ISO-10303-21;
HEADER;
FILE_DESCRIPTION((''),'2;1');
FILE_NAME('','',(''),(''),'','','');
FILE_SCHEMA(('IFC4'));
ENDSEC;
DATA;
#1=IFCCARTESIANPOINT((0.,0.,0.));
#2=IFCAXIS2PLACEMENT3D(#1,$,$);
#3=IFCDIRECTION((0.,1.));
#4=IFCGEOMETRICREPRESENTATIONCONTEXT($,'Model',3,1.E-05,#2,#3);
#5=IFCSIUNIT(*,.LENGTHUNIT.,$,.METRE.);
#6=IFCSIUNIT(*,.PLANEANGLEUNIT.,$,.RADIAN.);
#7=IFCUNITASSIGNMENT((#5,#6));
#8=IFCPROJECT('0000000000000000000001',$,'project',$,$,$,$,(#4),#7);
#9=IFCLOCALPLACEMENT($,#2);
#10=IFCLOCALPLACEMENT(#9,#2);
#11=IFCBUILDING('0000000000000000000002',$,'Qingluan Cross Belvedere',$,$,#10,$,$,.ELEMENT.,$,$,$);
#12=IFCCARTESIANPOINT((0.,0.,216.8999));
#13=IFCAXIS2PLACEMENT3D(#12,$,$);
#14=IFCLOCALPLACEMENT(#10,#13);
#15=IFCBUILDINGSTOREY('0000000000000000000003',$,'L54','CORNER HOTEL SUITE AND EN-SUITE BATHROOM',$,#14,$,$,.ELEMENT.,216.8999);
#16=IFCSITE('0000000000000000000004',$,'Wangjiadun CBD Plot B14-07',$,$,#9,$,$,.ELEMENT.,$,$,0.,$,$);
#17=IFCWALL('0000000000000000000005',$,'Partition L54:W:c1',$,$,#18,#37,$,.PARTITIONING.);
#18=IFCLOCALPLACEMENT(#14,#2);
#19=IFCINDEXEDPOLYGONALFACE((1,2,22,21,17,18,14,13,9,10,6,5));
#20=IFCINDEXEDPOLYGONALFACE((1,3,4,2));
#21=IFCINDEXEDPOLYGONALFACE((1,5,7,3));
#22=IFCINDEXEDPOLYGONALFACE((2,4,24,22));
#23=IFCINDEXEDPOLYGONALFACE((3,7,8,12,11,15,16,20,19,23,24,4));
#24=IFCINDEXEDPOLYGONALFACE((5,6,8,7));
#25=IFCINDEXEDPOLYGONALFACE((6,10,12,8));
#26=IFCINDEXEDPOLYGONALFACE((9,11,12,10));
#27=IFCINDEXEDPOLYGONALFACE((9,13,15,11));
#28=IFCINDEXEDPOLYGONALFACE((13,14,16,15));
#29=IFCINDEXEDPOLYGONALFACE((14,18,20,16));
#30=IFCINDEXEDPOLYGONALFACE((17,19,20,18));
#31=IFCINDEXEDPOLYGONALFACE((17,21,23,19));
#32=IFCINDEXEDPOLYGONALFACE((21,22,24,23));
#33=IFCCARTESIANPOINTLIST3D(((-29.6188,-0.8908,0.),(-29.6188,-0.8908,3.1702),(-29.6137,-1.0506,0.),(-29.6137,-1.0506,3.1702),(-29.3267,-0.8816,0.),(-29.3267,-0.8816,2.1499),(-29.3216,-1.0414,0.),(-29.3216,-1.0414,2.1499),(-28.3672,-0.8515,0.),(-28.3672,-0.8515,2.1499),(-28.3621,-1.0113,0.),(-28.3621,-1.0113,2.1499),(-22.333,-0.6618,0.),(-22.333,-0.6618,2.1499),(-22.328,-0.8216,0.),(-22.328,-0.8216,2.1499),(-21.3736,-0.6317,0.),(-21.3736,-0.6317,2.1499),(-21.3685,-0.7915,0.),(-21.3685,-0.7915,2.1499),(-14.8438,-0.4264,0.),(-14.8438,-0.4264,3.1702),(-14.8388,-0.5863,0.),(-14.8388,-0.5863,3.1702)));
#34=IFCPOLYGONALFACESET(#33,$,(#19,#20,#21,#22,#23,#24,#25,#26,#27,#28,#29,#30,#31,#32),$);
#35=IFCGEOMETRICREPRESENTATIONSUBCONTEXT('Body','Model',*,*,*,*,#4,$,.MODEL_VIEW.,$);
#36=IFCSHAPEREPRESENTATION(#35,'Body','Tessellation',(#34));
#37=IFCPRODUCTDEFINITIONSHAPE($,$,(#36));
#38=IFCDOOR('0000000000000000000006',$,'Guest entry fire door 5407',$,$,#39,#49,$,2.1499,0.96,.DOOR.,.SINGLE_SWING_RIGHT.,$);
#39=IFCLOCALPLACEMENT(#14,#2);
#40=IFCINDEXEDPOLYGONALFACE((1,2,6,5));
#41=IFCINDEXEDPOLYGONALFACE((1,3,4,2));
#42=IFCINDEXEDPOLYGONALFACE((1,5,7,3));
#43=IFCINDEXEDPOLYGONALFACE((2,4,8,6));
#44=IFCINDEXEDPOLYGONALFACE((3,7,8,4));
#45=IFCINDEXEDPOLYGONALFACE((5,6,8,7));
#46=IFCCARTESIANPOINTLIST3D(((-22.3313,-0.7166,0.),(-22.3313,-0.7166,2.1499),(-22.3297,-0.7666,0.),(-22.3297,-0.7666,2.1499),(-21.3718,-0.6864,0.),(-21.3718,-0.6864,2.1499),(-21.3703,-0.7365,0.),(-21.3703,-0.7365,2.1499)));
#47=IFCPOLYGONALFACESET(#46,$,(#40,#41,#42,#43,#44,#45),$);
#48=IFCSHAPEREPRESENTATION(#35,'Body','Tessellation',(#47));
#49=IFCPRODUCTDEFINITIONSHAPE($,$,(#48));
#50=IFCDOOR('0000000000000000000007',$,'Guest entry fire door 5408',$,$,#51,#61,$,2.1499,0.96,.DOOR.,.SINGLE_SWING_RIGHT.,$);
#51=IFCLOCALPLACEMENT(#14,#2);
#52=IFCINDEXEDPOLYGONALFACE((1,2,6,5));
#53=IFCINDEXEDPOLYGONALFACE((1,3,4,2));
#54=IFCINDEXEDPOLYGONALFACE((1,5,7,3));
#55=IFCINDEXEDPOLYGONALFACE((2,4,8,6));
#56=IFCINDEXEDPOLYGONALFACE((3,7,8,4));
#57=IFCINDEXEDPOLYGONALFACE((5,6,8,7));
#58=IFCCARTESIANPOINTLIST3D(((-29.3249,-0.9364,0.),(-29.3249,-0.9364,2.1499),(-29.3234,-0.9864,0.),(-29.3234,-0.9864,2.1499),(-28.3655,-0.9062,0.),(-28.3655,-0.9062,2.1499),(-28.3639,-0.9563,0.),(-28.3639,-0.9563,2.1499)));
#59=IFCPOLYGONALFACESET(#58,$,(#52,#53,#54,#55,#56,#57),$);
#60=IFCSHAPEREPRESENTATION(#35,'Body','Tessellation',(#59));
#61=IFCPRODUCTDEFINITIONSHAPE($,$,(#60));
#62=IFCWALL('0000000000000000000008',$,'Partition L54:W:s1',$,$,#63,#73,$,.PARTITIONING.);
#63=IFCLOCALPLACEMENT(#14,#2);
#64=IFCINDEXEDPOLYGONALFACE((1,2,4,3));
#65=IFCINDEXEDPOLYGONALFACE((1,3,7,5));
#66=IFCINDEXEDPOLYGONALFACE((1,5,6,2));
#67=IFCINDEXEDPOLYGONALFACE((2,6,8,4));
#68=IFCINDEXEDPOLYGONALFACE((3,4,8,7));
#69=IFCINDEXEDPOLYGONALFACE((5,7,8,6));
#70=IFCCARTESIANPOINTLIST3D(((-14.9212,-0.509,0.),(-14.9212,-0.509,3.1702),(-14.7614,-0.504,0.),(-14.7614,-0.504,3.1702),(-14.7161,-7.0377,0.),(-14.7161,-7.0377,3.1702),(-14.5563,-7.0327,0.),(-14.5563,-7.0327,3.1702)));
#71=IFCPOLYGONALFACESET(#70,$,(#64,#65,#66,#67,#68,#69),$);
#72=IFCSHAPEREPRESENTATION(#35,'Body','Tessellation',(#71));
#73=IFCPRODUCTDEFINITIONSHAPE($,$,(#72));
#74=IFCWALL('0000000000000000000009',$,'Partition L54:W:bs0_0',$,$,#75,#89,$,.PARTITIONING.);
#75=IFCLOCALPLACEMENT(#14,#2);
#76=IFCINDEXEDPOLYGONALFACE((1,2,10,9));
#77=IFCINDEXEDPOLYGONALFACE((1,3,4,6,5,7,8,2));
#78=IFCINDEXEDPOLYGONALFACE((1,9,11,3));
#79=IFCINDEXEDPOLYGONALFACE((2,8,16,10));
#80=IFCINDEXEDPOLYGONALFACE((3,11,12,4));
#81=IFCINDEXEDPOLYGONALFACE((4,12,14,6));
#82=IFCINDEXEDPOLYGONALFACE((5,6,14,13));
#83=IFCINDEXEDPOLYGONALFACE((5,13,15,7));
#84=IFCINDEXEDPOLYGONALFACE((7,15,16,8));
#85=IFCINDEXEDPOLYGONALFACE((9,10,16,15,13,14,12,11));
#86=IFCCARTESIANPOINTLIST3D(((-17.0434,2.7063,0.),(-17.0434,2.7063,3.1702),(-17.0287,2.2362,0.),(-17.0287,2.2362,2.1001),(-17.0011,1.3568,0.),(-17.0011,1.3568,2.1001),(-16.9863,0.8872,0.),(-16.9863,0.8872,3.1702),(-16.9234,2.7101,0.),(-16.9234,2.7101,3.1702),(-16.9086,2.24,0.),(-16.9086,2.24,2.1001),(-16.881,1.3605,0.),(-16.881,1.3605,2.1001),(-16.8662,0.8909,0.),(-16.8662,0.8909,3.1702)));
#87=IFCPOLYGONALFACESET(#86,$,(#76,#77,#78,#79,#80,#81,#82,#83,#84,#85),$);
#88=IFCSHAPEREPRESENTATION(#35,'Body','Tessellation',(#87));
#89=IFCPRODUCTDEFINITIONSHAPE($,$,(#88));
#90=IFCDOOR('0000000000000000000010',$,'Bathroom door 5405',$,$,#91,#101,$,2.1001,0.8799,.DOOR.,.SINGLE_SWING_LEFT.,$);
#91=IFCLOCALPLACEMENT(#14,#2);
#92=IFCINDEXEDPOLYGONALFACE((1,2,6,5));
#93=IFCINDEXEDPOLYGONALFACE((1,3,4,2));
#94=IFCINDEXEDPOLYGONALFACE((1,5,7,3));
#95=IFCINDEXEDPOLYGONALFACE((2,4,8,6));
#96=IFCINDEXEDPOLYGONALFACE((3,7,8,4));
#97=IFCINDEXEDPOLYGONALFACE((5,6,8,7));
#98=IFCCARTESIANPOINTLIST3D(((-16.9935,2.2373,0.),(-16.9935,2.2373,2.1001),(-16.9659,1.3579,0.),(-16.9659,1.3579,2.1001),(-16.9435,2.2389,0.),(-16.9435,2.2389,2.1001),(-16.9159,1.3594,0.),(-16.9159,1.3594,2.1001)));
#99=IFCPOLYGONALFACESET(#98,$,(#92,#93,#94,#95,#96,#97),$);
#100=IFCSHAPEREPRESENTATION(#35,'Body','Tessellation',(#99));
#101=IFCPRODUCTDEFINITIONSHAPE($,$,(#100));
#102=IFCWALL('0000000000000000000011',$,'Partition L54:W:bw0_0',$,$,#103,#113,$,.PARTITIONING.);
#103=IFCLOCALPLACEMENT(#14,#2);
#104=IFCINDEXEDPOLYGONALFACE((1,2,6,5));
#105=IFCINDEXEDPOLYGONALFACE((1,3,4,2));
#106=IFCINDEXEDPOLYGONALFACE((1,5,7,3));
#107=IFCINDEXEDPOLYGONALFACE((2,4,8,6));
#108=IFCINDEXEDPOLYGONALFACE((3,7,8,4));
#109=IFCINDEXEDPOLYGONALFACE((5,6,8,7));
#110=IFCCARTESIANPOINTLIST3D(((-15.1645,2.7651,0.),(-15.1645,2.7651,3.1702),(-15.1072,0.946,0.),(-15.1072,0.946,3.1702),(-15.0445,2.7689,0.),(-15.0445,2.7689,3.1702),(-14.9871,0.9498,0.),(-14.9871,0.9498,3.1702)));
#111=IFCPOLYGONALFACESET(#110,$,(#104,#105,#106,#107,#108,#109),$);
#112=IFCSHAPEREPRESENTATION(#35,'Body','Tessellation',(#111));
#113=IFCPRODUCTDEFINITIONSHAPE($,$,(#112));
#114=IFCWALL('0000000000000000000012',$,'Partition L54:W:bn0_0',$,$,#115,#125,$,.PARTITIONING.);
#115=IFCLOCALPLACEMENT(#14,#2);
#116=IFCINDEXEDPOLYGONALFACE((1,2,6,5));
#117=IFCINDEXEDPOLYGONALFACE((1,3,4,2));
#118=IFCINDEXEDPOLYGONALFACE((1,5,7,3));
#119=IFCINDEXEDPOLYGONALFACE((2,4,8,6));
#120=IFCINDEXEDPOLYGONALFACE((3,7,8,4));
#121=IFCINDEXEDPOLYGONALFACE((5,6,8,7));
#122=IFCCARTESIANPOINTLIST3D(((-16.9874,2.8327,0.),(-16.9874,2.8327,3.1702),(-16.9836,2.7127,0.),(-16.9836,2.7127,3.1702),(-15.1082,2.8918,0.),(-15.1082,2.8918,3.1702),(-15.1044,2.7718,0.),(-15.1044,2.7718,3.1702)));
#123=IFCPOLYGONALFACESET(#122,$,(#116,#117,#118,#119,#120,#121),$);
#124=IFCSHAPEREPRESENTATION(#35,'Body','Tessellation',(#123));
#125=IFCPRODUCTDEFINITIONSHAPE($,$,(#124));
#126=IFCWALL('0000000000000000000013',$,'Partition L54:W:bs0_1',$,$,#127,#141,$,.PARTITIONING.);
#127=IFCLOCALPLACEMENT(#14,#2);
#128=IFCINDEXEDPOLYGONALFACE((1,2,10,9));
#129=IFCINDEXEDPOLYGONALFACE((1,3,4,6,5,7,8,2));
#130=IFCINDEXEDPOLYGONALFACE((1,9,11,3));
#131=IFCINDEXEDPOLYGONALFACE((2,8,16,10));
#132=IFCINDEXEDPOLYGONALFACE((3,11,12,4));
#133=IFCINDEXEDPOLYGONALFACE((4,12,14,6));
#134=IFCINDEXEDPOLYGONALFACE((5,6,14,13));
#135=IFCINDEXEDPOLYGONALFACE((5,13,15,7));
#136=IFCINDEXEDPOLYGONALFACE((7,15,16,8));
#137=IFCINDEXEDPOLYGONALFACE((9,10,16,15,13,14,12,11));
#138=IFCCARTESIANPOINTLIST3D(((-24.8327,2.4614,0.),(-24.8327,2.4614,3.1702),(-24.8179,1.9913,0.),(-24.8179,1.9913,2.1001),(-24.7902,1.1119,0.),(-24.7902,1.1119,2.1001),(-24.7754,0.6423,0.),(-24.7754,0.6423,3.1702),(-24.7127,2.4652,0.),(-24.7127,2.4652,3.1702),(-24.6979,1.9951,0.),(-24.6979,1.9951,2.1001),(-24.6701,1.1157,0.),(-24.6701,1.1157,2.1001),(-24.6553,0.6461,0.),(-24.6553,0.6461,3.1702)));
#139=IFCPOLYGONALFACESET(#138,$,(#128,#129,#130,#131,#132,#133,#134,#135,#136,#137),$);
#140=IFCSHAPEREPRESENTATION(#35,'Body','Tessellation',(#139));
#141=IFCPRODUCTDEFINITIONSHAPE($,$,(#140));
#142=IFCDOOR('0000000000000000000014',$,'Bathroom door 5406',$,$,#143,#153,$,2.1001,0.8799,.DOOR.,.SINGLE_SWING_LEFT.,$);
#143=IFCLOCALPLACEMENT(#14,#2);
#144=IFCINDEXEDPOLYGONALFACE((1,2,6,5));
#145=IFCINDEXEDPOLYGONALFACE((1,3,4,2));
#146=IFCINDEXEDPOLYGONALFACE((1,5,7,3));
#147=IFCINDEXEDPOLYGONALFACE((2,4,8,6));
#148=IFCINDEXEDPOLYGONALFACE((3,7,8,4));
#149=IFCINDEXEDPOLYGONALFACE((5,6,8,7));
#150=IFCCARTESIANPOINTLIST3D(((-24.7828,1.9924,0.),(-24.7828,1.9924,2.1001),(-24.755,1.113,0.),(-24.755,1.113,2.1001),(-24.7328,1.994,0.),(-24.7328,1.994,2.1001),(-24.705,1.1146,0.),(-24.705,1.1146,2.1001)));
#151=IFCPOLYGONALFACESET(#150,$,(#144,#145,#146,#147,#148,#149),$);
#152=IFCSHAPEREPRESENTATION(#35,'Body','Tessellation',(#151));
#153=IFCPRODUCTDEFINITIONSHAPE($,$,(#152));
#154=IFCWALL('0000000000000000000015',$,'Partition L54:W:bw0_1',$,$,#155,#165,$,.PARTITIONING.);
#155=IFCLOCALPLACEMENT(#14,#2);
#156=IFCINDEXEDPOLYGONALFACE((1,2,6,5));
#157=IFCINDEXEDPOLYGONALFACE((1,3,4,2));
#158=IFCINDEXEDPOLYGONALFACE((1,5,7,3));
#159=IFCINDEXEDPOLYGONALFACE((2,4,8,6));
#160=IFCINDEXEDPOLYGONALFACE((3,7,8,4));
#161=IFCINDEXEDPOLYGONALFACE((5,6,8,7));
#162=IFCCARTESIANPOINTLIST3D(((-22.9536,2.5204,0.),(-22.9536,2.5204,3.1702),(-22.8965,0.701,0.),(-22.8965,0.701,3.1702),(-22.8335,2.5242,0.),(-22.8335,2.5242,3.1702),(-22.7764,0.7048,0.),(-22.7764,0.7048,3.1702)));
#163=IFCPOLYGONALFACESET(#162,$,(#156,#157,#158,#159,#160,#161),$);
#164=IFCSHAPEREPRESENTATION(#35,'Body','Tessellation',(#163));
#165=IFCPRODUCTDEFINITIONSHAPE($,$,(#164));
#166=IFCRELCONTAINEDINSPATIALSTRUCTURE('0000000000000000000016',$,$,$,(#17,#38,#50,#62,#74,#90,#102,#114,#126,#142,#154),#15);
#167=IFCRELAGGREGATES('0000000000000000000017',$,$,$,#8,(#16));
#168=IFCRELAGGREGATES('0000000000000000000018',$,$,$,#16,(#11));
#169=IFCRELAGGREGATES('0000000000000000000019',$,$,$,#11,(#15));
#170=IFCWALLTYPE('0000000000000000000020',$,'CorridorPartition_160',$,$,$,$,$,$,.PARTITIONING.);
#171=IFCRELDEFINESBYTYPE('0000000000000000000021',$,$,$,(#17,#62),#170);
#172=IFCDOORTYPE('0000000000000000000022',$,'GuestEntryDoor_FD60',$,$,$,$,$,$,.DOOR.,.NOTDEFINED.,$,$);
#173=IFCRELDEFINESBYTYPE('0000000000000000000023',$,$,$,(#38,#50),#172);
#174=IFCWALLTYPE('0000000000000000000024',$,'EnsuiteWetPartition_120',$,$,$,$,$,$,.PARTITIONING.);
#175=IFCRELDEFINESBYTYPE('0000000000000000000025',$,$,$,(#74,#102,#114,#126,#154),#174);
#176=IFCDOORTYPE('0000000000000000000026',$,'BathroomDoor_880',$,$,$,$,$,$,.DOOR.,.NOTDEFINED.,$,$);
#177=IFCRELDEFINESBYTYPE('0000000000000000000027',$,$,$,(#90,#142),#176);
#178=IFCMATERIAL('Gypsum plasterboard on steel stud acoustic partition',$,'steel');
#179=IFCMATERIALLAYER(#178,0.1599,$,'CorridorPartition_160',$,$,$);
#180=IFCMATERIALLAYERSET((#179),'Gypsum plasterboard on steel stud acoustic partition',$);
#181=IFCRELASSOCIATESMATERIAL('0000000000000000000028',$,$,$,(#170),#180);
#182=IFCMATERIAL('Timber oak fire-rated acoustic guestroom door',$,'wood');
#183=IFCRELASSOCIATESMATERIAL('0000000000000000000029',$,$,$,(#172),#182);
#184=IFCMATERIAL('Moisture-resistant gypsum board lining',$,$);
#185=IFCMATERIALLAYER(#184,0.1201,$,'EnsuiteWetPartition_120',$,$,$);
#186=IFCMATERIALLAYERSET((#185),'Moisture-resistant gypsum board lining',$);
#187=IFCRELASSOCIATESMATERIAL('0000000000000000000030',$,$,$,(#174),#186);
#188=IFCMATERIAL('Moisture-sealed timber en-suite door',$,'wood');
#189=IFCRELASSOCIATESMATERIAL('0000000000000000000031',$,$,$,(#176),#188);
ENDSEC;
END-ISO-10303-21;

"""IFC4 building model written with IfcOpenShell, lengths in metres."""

from ifc_helpers import new_model, si_unit, direction, frame, frame_2d, origin, place, context, subcontext, project, spatial, rectangle, extrude, material, layer, layer_set, type_object, element, fill, save


model = new_model("IFC4")

# Units and contexts
model_context = context("Model", 3, precision=1e-05, world=origin(), true_north=direction((0.0, 1.0)))
body_context = subcontext(model_context, "Body", "Model", "MODEL_VIEW")
ifc_project = project(units=[si_unit("LENGTHUNIT", "METRE"), si_unit("PLANEANGLEUNIT", "RADIAN")], contexts=[model_context])

# Site, building, storey
site_placement = place(None, origin())
site = spatial("IfcSite", under=ifc_project, at=site_placement, Name="Wangjiadun CBD Plot B14-07", CompositionType="ELEMENT", RefElevation=0.0)
building_placement = place(site_placement, origin())
building = spatial("IfcBuilding", under=site, at=building_placement, Name="Qingluan Cross Belvedere", CompositionType="ELEMENT")
storey_placement = place(building_placement, frame((0.0, 0.0, 216.8999)))
storey = spatial("IfcBuildingStorey", under=building, at=storey_placement, Name="L54", Description="CORNER HOTEL SUITE AND EN-SUITE BATHROOM", CompositionType="ELEMENT", Elevation=216.8999)

# Shared definitions
ifc_material_1 = material(Name="Gypsum plasterboard on steel stud acoustic partition", Category="steel")
ifc_layer_1 = layer(ifc_material_1, 0.1599, Name="CorridorPartition_160")
ifc_layer_set_1 = layer_set([ifc_layer_1], Name="Gypsum plasterboard on steel stud acoustic partition")
wall_type_1 = type_object("IfcWallType", Name="CorridorPartition_160", PredefinedType="PARTITIONING", material=ifc_layer_set_1)
ifc_material_2 = material(Name="Timber oak fire-rated acoustic guestroom door", Category="wood")
door_type_1 = type_object("IfcDoorType", Name="GuestEntryDoor_FD60", OperationType="NOTDEFINED", PredefinedType="DOOR", material=ifc_material_2)

# Wall, openings, doors
wall_1_placement = place(storey_placement, frame((-14.8413, -0.5063, 0.0), z_axis=(0.0, 0.0, 1.0), x_axis=(-0.999506, -0.031413, 0.0)))
wall_1 = element("IfcWall", 1, at=wall_1_placement, inside=storey, type_object=wall_type_1, Name="Partition L54:W:c1", PredefinedType="PARTITIONING", context=body_context, shape_type="SweptSolid", body=[
    extrude(rectangle(XDim=14.7822, YDim=0.1599, at=frame_2d((7.3911, 0.0))), origin(), (0.0, 0.0, 1.0), 3.1702),
])
opening_1_placement = place(wall_1_placement, frame((6.533, 0.0, 0.0)))
opening_1 = element("IfcOpeningElement", 2, at=opening_1_placement, cuts=wall_1, PredefinedType="OPENING", context=body_context, shape_type="SweptSolid", body=[
    extrude(rectangle(XDim=0.96, YDim=2.1499, at=frame_2d((0.48, 1.075))), frame((0.0, 0.0898, 0.0), z_axis=(0.0, -1.0, 0.0), x_axis=(1.0, 0.0, 0.0)), (0.0, 0.0, 1.0), 0.1799),
])
opening_2_placement = place(wall_1_placement, frame((13.53, 0.0, 0.0)))
opening_2 = element("IfcOpeningElement", 3, at=opening_2_placement, cuts=wall_1, PredefinedType="OPENING", context=body_context, shape_type="SweptSolid", body=[
    extrude(rectangle(XDim=0.96, YDim=2.1499, at=frame_2d((0.48, 1.075))), frame((0.0, 0.0898, 0.0), z_axis=(0.0, -1.0, 0.0), x_axis=(1.0, 0.0, 0.0)), (0.0, 0.0, 1.0), 0.1799),
])
door_1_placement = place(opening_1_placement, origin())
door_1 = element("IfcDoor", 4, at=door_1_placement, inside=storey, type_object=door_type_1, Name="Guest entry fire door 5407", OperationType="SINGLE_SWING_RIGHT", OverallHeight=2.1499, OverallWidth=0.96, PredefinedType="DOOR", context=body_context, shape_type="SweptSolid", body=[
    extrude(rectangle(XDim=0.96, YDim=2.1499, at=frame_2d((0.48, 1.075))), frame((0.0, 0.0249, 0.0), z_axis=(0.0, -1.0, 0.0), x_axis=(1.0, 0.0, 0.0)), (0.0, 0.0, 1.0), 0.05),
])
fill(opening_1, door_1)
door_2_placement = place(opening_2_placement, origin())
door_2 = element("IfcDoor", 5, at=door_2_placement, inside=storey, type_object=door_type_1, Name="Guest entry fire door 5408", OperationType="SINGLE_SWING_RIGHT", OverallHeight=2.1499, OverallWidth=0.96, PredefinedType="DOOR", context=body_context, shape_type="SweptSolid", body=[
    extrude(rectangle(XDim=0.96, YDim=2.1499, at=frame_2d((0.48, 1.075))), frame((0.0, 0.0249, 0.0), z_axis=(0.0, -1.0, 0.0), x_axis=(1.0, 0.0, 0.0)), (0.0, 0.0, 1.0), 0.05),
])
fill(opening_2, door_2)

# Wall
wall_2_placement = place(storey_placement, frame((-14.8413, -0.5063, 0.0), z_axis=(0.0, 0.0, 1.0), x_axis=(0.031396, -0.999507, 0.0)))
element("IfcWall", 6, at=wall_2_placement, inside=storey, type_object=wall_type_1, Name="Partition L54:W:s1", PredefinedType="PARTITIONING", context=body_context, shape_type="SweptSolid", body=[
    extrude(rectangle(XDim=6.532, YDim=0.1599, at=frame_2d((3.2661, 0.0))), origin(), (0.0, 0.0, 1.0), 3.1702),
])

# Wall, opening, door
ifc_material_3 = material(Name="Moisture-resistant gypsum board lining")
ifc_layer_2 = layer(ifc_material_3, 0.1201, Name="EnsuiteWetPartition_120")
ifc_layer_set_2 = layer_set([ifc_layer_2], Name="Moisture-resistant gypsum board lining")
wall_type_2 = type_object("IfcWallType", Name="EnsuiteWetPartition_120", PredefinedType="PARTITIONING", material=ifc_layer_set_2)
wall_3_placement = place(storey_placement, frame((-16.9263, 0.8889, 0.0), z_axis=(0.0, 0.0, 1.0), x_axis=(-0.03139, 0.999507, 0.0)))
wall_3 = element("IfcWall", 7, at=wall_3_placement, inside=storey, type_object=wall_type_2, Name="Partition L54:W:bs0_0", PredefinedType="PARTITIONING", context=body_context, shape_type="SweptSolid", body=[
    extrude(rectangle(XDim=1.8201, YDim=0.1201, at=frame_2d((0.9102, 0.0))), origin(), (0.0, 0.0, 1.0), 3.1702),
])
opening_3_placement = place(wall_3_placement, frame((0.47, 0.0, 0.0)))
opening_3 = element("IfcOpeningElement", 8, at=opening_3_placement, cuts=wall_3, PredefinedType="OPENING", context=body_context, shape_type="SweptSolid", body=[
    extrude(rectangle(XDim=0.8799, YDim=2.1001, at=frame_2d((0.4399, 1.05))), frame((0.0, 0.0701, 0.0), z_axis=(0.0, -1.0, 0.0), x_axis=(1.0, 0.0, 0.0)), (0.0, 0.0, 1.0), 0.1401),
])
ifc_material_4 = material(Name="Moisture-sealed timber en-suite door", Category="wood")
door_type_2 = type_object("IfcDoorType", Name="BathroomDoor_880", OperationType="NOTDEFINED", PredefinedType="DOOR", material=ifc_material_4)
door_3_placement = place(opening_3_placement, origin())
door_3 = element("IfcDoor", 9, at=door_3_placement, inside=storey, type_object=door_type_2, Name="Bathroom door 5405", OperationType="SINGLE_SWING_LEFT", OverallHeight=2.1001, OverallWidth=0.8799, PredefinedType="DOOR", context=body_context, shape_type="SweptSolid", body=[
    extrude(rectangle(XDim=0.8799, YDim=2.1001, at=frame_2d((0.4399, 1.05))), frame((0.0, 0.0249, 0.0), z_axis=(0.0, -1.0, 0.0), x_axis=(1.0, 0.0, 0.0)), (0.0, 0.0, 1.0), 0.05),
])
fill(opening_3, door_3)

# Walls
wall_4_placement = place(storey_placement, frame((-15.0471, 0.9478, 0.0), z_axis=(0.0, 0.0, 1.0), x_axis=(-0.031524, 0.999503, 0.0)))
element("IfcWall", 10, at=wall_4_placement, inside=storey, type_object=wall_type_2, Name="Partition L54:W:bw0_0", PredefinedType="PARTITIONING", context=body_context, shape_type="SweptSolid", body=[
    extrude(rectangle(XDim=1.8201, YDim=0.1201, at=frame_2d((0.9102, 0.0))), origin(), (0.0, 0.0, 1.0), 3.1702),
])
wall_5_placement = place(storey_placement, frame((-15.1064, 2.8318, 0.0), z_axis=(0.0, 0.0, 1.0), x_axis=(-0.999506, -0.031425, 0.0)))
element("IfcWall", 11, at=wall_5_placement, inside=storey, type_object=wall_type_2, Name="Partition L54:W:bn0_0", PredefinedType="PARTITIONING", context=body_context, shape_type="SweptSolid", body=[
    extrude(rectangle(XDim=1.8801, YDim=0.1201, at=frame_2d((0.9399, 0.0))), origin(), (0.0, 0.0, 1.0), 3.1702),
])

# Wall, opening, door
wall_6_placement = place(storey_placement, frame((-24.7153, 0.644, 0.0), z_axis=(0.0, 0.0, 1.0), x_axis=(-0.031524, 0.999503, 0.0)))
wall_6 = element("IfcWall", 12, at=wall_6_placement, inside=storey, type_object=wall_type_2, Name="Partition L54:W:bs0_1", PredefinedType="PARTITIONING", context=body_context, shape_type="SweptSolid", body=[
    extrude(rectangle(XDim=1.8201, YDim=0.1201, at=frame_2d((0.9102, 0.0))), origin(), (0.0, 0.0, 1.0), 3.1702),
])
opening_4_placement = place(wall_6_placement, frame((0.47, 0.0, 0.0)))
opening_4 = element("IfcOpeningElement", 13, at=opening_4_placement, cuts=wall_6, PredefinedType="OPENING", context=body_context, shape_type="SweptSolid", body=[
    extrude(rectangle(XDim=0.8799, YDim=2.1001, at=frame_2d((0.4399, 1.05))), frame((0.0, 0.0701, 0.0), z_axis=(0.0, -1.0, 0.0), x_axis=(1.0, 0.0, 0.0)), (0.0, 0.0, 1.0), 0.1401),
])
door_4_placement = place(opening_4_placement, origin())
door_4 = element("IfcDoor", 14, at=door_4_placement, inside=storey, type_object=door_type_2, Name="Bathroom door 5406", OperationType="SINGLE_SWING_LEFT", OverallHeight=2.1001, OverallWidth=0.8799, PredefinedType="DOOR", context=body_context, shape_type="SweptSolid", body=[
    extrude(rectangle(XDim=0.8799, YDim=2.1001, at=frame_2d((0.4399, 1.05))), frame((0.0, 0.0249, 0.0), z_axis=(0.0, -1.0, 0.0), x_axis=(1.0, 0.0, 0.0)), (0.0, 0.0, 1.0), 0.05),
])
fill(opening_4, door_4)

# Wall
wall_7_placement = place(storey_placement, frame((-22.8364, 0.7029, 0.0), z_axis=(0.0, 0.0, 1.0), x_axis=(-0.031385, 0.999507, 0.0)))
element("IfcWall", 15, at=wall_7_placement, inside=storey, type_object=wall_type_2, Name="Partition L54:W:bw0_1", PredefinedType="PARTITIONING", context=body_context, shape_type="SweptSolid", body=[
    extrude(rectangle(XDim=1.8203, YDim=0.1201, at=frame_2d((0.9102, 0.0))), origin(), (0.0, 0.0, 1.0), 3.1702),
])

save(model, "model.ifc")
